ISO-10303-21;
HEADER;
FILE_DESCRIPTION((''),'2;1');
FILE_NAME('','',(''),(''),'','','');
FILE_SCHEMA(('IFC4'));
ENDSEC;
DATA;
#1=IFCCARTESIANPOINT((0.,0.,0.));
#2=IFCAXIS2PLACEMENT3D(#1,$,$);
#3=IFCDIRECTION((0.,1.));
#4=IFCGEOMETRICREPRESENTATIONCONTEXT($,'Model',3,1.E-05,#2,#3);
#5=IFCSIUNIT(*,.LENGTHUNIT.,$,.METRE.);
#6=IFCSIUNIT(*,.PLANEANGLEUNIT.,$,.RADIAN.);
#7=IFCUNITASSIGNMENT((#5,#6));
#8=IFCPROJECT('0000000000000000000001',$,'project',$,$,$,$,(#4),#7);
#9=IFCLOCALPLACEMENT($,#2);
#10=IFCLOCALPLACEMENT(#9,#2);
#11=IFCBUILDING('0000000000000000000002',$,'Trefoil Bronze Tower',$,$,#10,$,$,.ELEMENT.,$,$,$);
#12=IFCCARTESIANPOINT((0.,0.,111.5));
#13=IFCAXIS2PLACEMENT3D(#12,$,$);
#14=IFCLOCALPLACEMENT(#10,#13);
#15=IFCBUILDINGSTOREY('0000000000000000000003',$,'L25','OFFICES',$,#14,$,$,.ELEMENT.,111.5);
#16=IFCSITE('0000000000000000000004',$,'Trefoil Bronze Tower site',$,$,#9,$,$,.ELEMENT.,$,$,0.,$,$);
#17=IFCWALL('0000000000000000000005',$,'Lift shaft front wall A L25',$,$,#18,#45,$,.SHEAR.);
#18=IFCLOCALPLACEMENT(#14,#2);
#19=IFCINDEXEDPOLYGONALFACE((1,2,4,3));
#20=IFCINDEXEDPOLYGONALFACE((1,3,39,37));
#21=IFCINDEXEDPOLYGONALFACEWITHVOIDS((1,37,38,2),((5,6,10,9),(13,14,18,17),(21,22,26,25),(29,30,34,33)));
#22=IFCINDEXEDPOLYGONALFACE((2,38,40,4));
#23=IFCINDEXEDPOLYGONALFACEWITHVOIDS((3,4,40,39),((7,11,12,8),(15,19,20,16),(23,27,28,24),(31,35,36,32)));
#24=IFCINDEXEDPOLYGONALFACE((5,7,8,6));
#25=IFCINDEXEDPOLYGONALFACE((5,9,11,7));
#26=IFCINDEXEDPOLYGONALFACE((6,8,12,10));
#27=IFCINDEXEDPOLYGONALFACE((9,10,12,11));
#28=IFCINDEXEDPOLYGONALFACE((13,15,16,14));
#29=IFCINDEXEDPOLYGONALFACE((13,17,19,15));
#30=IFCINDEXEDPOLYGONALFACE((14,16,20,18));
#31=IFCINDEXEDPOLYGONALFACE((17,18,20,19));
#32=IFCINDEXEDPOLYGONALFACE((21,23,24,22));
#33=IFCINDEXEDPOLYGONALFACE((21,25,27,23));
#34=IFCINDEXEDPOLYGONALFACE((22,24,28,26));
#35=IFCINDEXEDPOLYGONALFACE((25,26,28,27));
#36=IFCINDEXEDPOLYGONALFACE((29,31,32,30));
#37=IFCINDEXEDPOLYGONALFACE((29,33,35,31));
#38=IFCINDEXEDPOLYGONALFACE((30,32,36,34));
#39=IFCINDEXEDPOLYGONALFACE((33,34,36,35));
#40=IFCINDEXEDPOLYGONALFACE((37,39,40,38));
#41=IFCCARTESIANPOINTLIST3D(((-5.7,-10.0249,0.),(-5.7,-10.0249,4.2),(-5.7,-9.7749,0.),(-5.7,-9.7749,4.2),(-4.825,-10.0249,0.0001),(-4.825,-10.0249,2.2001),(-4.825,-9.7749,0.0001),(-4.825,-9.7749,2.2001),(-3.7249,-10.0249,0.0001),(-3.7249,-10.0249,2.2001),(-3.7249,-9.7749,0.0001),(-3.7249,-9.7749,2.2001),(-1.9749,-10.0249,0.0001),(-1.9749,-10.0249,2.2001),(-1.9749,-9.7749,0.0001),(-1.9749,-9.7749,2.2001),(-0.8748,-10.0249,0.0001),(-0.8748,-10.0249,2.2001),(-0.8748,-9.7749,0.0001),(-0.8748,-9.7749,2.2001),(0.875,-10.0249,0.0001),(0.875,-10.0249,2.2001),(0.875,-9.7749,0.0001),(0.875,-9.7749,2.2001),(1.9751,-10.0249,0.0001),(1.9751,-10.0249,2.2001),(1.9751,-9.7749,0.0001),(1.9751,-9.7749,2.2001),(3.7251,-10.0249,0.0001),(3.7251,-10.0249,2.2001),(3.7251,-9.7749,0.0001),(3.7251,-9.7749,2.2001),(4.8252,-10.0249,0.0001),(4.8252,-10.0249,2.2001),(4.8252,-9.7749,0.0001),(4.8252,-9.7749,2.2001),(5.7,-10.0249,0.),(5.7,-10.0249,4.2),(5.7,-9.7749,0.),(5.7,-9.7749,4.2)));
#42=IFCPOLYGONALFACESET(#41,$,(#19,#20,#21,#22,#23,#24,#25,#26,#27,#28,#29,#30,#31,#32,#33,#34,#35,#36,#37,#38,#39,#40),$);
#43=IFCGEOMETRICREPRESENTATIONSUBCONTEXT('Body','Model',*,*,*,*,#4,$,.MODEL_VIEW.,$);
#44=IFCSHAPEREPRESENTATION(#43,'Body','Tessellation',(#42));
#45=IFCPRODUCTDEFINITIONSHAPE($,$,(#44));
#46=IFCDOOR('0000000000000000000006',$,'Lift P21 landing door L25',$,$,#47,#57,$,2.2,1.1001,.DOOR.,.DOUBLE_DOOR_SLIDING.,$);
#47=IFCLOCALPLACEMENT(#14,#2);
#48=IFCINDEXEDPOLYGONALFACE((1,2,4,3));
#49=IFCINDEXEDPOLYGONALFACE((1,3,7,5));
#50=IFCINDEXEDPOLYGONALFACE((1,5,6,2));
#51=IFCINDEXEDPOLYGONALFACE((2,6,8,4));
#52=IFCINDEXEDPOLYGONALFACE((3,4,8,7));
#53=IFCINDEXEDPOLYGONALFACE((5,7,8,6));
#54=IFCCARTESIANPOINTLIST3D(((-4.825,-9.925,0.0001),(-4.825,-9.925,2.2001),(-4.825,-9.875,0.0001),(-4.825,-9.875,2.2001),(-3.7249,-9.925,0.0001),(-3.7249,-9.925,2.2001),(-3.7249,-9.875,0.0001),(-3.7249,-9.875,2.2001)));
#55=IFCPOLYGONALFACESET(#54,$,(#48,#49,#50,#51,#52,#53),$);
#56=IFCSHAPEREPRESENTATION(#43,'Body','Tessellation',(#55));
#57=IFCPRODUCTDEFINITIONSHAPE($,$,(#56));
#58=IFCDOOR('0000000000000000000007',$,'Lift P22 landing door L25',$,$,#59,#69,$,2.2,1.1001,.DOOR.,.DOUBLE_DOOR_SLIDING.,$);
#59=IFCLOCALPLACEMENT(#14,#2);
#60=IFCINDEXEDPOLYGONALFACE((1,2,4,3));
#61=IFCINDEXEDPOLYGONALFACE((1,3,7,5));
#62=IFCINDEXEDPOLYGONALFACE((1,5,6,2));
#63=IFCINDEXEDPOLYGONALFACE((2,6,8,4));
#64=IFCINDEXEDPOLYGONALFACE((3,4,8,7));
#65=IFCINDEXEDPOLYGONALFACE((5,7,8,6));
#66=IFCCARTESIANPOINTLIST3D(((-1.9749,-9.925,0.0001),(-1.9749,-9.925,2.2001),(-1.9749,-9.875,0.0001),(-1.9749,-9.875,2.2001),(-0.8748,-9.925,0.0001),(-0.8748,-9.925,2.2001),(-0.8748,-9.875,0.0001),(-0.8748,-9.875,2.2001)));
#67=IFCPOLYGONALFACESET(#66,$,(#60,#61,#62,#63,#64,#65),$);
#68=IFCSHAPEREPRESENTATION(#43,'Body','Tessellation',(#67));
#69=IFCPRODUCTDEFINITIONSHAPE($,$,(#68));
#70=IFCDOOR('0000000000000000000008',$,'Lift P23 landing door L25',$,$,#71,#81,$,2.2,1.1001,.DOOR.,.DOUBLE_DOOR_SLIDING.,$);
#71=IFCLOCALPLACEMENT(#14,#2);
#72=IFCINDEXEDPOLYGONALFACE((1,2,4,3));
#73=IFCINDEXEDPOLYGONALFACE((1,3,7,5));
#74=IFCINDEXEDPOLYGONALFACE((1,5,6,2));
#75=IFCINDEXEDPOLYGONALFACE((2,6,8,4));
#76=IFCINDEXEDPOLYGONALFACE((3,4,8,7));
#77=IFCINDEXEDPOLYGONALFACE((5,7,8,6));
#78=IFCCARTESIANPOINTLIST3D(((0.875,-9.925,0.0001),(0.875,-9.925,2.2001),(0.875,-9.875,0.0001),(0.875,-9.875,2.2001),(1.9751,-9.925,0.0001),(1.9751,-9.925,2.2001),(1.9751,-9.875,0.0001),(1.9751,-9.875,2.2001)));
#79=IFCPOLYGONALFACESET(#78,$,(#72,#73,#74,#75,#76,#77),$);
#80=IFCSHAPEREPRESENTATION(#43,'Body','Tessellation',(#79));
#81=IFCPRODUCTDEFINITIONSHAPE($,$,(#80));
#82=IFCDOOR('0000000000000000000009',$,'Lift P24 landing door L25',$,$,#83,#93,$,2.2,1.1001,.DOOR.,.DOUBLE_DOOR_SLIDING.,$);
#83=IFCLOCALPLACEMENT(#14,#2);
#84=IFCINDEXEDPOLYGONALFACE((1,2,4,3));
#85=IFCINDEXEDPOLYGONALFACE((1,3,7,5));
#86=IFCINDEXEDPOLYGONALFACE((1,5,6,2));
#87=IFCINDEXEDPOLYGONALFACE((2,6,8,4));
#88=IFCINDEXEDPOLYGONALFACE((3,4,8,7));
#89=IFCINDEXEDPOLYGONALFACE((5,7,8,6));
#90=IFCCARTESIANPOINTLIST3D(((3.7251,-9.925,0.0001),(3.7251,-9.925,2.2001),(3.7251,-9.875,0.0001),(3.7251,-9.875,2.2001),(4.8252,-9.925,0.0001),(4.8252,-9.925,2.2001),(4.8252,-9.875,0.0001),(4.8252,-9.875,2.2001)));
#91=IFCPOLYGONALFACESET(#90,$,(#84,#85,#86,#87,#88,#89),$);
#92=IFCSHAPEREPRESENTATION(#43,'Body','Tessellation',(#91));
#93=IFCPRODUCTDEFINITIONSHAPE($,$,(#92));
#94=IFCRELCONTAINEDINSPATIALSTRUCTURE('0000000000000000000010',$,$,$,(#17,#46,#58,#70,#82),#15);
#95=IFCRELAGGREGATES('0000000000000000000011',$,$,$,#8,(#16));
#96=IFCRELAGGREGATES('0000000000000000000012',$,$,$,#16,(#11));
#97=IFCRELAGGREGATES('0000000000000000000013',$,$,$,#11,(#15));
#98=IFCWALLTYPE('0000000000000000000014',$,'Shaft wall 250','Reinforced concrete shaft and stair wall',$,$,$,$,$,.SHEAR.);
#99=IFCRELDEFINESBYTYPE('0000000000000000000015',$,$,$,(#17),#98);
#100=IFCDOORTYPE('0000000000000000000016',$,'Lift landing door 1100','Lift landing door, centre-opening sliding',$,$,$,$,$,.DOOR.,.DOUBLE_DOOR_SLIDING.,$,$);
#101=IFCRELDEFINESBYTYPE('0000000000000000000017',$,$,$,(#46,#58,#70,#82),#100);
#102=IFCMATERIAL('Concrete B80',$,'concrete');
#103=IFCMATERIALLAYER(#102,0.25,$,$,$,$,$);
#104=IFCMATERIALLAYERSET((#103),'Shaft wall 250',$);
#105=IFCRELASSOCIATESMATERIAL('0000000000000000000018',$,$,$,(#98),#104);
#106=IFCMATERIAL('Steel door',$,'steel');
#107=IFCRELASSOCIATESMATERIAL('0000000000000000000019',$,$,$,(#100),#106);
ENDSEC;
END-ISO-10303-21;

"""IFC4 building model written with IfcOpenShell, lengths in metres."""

from ifc_helpers import new_model, si_unit, direction, frame, frame_2d, origin, place, context, subcontext, project, spatial, rectangle, extrude, material, layer, layer_set, type_object, element, fill, save


model = new_model("IFC4")

# Units and contexts
model_context = context("Model", 3, precision=1e-05, world=origin(), true_north=direction((0.0, 1.0)))
body_context = subcontext(model_context, "Body", "Model", "MODEL_VIEW")
ifc_project = project(units=[si_unit("LENGTHUNIT", "METRE"), si_unit("PLANEANGLEUNIT", "RADIAN")], contexts=[model_context])

# Site, building, storey
site_placement = place(None, origin())
site = spatial("IfcSite", under=ifc_project, at=site_placement, Name="Trefoil Bronze Tower site", CompositionType="ELEMENT", RefElevation=0.0)
building_placement = place(site_placement, origin())
building = spatial("IfcBuilding", under=site, at=building_placement, Name="Trefoil Bronze Tower", CompositionType="ELEMENT")
storey_placement = place(building_placement, frame((0.0, 0.0, 111.5)))
storey = spatial("IfcBuildingStorey", under=building, at=storey_placement, Name="L25", Description="OFFICES", CompositionType="ELEMENT", Elevation=111.5)

# Wall, openings, doors
ifc_material_1 = material(Name="Concrete B80", Category="concrete")
ifc_layer_1 = layer(ifc_material_1, 0.25)
ifc_layer_set_1 = layer_set([ifc_layer_1], Name="Shaft wall 250")
wall_type_1 = type_object("IfcWallType", Name="Shaft wall 250", Description="Reinforced concrete shaft and stair wall", PredefinedType="SHEAR", material=ifc_layer_set_1)
wall_1_placement = place(storey_placement, frame((-5.7, -9.8999, 0.0), z_axis=(0.0, 0.0, 1.0), x_axis=(1.0, 0.0, 0.0)))
wall_1 = element("IfcWall", 1, at=wall_1_placement, inside=storey, type_object=wall_type_1, Name="Lift shaft front wall A L25", PredefinedType="SHEAR", context=body_context, shape_type="SweptSolid", body=[
    extrude(rectangle(XDim=11.3999, YDim=0.25, at=frame_2d((5.7, 0.0))), origin(), (0.0, 0.0, 1.0), 4.2),
])
opening_1_placement = place(wall_1_placement, frame((0.875, 0.0, 0.0)))
opening_1 = element("IfcOpeningElement", 2, at=opening_1_placement, cuts=wall_1, PredefinedType="OPENING", context=body_context, shape_type="SweptSolid", body=[
    extrude(rectangle(XDim=1.1001, YDim=2.2, at=frame_2d((0.55, 1.1001))), frame((0.0, 0.135, 0.0), z_axis=(0.0, -1.0, 0.0), x_axis=(1.0, 0.0, 0.0)), (0.0, 0.0, 1.0), 0.27),
])
opening_2_placement = place(wall_1_placement, frame((3.7251, 0.0, 0.0)))
opening_2 = element("IfcOpeningElement", 3, at=opening_2_placement, cuts=wall_1, PredefinedType="OPENING", context=body_context, shape_type="SweptSolid", body=[
    extrude(rectangle(XDim=1.1001, YDim=2.2, at=frame_2d((0.55, 1.1001))), frame((0.0, 0.135, 0.0), z_axis=(0.0, -1.0, 0.0), x_axis=(1.0, 0.0, 0.0)), (0.0, 0.0, 1.0), 0.27),
])
opening_3_placement = place(wall_1_placement, frame((6.575, 0.0, 0.0)))
opening_3 = element("IfcOpeningElement", 4, at=opening_3_placement, cuts=wall_1, PredefinedType="OPENING", context=body_context, shape_type="SweptSolid", body=[
    extrude(rectangle(XDim=1.1001, YDim=2.2, at=frame_2d((0.55, 1.1001))), frame((0.0, 0.135, 0.0), z_axis=(0.0, -1.0, 0.0), x_axis=(1.0, 0.0, 0.0)), (0.0, 0.0, 1.0), 0.27),
])
opening_4_placement = place(wall_1_placement, frame((9.425, 0.0, 0.0)))
opening_4 = element("IfcOpeningElement", 5, at=opening_4_placement, cuts=wall_1, PredefinedType="OPENING", context=body_context, shape_type="SweptSolid", body=[
    extrude(rectangle(XDim=1.1001, YDim=2.2, at=frame_2d((0.55, 1.1001))), frame((0.0, 0.135, 0.0), z_axis=(0.0, -1.0, 0.0), x_axis=(1.0, 0.0, 0.0)), (0.0, 0.0, 1.0), 0.27),
])
ifc_material_2 = material(Name="Steel door", Category="steel")
door_type_1 = type_object("IfcDoorType", Name="Lift landing door 1100", Description="Lift landing door, centre-opening sliding", OperationType="DOUBLE_DOOR_SLIDING", PredefinedType="DOOR", material=ifc_material_2)
door_1_placement = place(opening_1_placement, origin())
door_1 = element("IfcDoor", 6, at=door_1_placement, inside=storey, type_object=door_type_1, Name="Lift P21 landing door L25", OperationType="DOUBLE_DOOR_SLIDING", OverallHeight=2.2, OverallWidth=1.1001, PredefinedType="DOOR", context=body_context, shape_type="SweptSolid", body=[
    extrude(rectangle(XDim=1.1001, YDim=2.2, at=frame_2d((0.55, 1.1001))), frame((0.0, 0.0249, 0.0), z_axis=(0.0, -1.0, 0.0), x_axis=(1.0, 0.0, 0.0)), (0.0, 0.0, 1.0), 0.05),
])
fill(opening_1, door_1)
door_2_placement = place(opening_2_placement, origin())
door_2 = element("IfcDoor", 7, at=door_2_placement, inside=storey, type_object=door_type_1, Name="Lift P22 landing door L25", OperationType="DOUBLE_DOOR_SLIDING", OverallHeight=2.2, OverallWidth=1.1001, PredefinedType="DOOR", context=body_context, shape_type="SweptSolid", body=[
    extrude(rectangle(XDim=1.1001, YDim=2.2, at=frame_2d((0.55, 1.1001))), frame((0.0, 0.0249, 0.0), z_axis=(0.0, -1.0, 0.0), x_axis=(1.0, 0.0, 0.0)), (0.0, 0.0, 1.0), 0.05),
])
fill(opening_2, door_2)
door_3_placement = place(opening_3_placement, origin())
door_3 = element("IfcDoor", 8, at=door_3_placement, inside=storey, type_object=door_type_1, Name="Lift P23 landing door L25", OperationType="DOUBLE_DOOR_SLIDING", OverallHeight=2.2, OverallWidth=1.1001, PredefinedType="DOOR", context=body_context, shape_type="SweptSolid", body=[
    extrude(rectangle(XDim=1.1001, YDim=2.2, at=frame_2d((0.55, 1.1001))), frame((0.0, 0.0249, 0.0), z_axis=(0.0, -1.0, 0.0), x_axis=(1.0, 0.0, 0.0)), (0.0, 0.0, 1.0), 0.05),
])
fill(opening_3, door_3)
door_4_placement = place(opening_4_placement, origin())
door_4 = element("IfcDoor", 9, at=door_4_placement, inside=storey, type_object=door_type_1, Name="Lift P24 landing door L25", OperationType="DOUBLE_DOOR_SLIDING", OverallHeight=2.2, OverallWidth=1.1001, PredefinedType="DOOR", context=body_context, shape_type="SweptSolid", body=[
    extrude(rectangle(XDim=1.1001, YDim=2.2, at=frame_2d((0.55, 1.1001))), frame((0.0, 0.0249, 0.0), z_axis=(0.0, -1.0, 0.0), x_axis=(1.0, 0.0, 0.0)), (0.0, 0.0, 1.0), 0.05),
])
fill(opening_4, door_4)

save(model, "model.ifc")
